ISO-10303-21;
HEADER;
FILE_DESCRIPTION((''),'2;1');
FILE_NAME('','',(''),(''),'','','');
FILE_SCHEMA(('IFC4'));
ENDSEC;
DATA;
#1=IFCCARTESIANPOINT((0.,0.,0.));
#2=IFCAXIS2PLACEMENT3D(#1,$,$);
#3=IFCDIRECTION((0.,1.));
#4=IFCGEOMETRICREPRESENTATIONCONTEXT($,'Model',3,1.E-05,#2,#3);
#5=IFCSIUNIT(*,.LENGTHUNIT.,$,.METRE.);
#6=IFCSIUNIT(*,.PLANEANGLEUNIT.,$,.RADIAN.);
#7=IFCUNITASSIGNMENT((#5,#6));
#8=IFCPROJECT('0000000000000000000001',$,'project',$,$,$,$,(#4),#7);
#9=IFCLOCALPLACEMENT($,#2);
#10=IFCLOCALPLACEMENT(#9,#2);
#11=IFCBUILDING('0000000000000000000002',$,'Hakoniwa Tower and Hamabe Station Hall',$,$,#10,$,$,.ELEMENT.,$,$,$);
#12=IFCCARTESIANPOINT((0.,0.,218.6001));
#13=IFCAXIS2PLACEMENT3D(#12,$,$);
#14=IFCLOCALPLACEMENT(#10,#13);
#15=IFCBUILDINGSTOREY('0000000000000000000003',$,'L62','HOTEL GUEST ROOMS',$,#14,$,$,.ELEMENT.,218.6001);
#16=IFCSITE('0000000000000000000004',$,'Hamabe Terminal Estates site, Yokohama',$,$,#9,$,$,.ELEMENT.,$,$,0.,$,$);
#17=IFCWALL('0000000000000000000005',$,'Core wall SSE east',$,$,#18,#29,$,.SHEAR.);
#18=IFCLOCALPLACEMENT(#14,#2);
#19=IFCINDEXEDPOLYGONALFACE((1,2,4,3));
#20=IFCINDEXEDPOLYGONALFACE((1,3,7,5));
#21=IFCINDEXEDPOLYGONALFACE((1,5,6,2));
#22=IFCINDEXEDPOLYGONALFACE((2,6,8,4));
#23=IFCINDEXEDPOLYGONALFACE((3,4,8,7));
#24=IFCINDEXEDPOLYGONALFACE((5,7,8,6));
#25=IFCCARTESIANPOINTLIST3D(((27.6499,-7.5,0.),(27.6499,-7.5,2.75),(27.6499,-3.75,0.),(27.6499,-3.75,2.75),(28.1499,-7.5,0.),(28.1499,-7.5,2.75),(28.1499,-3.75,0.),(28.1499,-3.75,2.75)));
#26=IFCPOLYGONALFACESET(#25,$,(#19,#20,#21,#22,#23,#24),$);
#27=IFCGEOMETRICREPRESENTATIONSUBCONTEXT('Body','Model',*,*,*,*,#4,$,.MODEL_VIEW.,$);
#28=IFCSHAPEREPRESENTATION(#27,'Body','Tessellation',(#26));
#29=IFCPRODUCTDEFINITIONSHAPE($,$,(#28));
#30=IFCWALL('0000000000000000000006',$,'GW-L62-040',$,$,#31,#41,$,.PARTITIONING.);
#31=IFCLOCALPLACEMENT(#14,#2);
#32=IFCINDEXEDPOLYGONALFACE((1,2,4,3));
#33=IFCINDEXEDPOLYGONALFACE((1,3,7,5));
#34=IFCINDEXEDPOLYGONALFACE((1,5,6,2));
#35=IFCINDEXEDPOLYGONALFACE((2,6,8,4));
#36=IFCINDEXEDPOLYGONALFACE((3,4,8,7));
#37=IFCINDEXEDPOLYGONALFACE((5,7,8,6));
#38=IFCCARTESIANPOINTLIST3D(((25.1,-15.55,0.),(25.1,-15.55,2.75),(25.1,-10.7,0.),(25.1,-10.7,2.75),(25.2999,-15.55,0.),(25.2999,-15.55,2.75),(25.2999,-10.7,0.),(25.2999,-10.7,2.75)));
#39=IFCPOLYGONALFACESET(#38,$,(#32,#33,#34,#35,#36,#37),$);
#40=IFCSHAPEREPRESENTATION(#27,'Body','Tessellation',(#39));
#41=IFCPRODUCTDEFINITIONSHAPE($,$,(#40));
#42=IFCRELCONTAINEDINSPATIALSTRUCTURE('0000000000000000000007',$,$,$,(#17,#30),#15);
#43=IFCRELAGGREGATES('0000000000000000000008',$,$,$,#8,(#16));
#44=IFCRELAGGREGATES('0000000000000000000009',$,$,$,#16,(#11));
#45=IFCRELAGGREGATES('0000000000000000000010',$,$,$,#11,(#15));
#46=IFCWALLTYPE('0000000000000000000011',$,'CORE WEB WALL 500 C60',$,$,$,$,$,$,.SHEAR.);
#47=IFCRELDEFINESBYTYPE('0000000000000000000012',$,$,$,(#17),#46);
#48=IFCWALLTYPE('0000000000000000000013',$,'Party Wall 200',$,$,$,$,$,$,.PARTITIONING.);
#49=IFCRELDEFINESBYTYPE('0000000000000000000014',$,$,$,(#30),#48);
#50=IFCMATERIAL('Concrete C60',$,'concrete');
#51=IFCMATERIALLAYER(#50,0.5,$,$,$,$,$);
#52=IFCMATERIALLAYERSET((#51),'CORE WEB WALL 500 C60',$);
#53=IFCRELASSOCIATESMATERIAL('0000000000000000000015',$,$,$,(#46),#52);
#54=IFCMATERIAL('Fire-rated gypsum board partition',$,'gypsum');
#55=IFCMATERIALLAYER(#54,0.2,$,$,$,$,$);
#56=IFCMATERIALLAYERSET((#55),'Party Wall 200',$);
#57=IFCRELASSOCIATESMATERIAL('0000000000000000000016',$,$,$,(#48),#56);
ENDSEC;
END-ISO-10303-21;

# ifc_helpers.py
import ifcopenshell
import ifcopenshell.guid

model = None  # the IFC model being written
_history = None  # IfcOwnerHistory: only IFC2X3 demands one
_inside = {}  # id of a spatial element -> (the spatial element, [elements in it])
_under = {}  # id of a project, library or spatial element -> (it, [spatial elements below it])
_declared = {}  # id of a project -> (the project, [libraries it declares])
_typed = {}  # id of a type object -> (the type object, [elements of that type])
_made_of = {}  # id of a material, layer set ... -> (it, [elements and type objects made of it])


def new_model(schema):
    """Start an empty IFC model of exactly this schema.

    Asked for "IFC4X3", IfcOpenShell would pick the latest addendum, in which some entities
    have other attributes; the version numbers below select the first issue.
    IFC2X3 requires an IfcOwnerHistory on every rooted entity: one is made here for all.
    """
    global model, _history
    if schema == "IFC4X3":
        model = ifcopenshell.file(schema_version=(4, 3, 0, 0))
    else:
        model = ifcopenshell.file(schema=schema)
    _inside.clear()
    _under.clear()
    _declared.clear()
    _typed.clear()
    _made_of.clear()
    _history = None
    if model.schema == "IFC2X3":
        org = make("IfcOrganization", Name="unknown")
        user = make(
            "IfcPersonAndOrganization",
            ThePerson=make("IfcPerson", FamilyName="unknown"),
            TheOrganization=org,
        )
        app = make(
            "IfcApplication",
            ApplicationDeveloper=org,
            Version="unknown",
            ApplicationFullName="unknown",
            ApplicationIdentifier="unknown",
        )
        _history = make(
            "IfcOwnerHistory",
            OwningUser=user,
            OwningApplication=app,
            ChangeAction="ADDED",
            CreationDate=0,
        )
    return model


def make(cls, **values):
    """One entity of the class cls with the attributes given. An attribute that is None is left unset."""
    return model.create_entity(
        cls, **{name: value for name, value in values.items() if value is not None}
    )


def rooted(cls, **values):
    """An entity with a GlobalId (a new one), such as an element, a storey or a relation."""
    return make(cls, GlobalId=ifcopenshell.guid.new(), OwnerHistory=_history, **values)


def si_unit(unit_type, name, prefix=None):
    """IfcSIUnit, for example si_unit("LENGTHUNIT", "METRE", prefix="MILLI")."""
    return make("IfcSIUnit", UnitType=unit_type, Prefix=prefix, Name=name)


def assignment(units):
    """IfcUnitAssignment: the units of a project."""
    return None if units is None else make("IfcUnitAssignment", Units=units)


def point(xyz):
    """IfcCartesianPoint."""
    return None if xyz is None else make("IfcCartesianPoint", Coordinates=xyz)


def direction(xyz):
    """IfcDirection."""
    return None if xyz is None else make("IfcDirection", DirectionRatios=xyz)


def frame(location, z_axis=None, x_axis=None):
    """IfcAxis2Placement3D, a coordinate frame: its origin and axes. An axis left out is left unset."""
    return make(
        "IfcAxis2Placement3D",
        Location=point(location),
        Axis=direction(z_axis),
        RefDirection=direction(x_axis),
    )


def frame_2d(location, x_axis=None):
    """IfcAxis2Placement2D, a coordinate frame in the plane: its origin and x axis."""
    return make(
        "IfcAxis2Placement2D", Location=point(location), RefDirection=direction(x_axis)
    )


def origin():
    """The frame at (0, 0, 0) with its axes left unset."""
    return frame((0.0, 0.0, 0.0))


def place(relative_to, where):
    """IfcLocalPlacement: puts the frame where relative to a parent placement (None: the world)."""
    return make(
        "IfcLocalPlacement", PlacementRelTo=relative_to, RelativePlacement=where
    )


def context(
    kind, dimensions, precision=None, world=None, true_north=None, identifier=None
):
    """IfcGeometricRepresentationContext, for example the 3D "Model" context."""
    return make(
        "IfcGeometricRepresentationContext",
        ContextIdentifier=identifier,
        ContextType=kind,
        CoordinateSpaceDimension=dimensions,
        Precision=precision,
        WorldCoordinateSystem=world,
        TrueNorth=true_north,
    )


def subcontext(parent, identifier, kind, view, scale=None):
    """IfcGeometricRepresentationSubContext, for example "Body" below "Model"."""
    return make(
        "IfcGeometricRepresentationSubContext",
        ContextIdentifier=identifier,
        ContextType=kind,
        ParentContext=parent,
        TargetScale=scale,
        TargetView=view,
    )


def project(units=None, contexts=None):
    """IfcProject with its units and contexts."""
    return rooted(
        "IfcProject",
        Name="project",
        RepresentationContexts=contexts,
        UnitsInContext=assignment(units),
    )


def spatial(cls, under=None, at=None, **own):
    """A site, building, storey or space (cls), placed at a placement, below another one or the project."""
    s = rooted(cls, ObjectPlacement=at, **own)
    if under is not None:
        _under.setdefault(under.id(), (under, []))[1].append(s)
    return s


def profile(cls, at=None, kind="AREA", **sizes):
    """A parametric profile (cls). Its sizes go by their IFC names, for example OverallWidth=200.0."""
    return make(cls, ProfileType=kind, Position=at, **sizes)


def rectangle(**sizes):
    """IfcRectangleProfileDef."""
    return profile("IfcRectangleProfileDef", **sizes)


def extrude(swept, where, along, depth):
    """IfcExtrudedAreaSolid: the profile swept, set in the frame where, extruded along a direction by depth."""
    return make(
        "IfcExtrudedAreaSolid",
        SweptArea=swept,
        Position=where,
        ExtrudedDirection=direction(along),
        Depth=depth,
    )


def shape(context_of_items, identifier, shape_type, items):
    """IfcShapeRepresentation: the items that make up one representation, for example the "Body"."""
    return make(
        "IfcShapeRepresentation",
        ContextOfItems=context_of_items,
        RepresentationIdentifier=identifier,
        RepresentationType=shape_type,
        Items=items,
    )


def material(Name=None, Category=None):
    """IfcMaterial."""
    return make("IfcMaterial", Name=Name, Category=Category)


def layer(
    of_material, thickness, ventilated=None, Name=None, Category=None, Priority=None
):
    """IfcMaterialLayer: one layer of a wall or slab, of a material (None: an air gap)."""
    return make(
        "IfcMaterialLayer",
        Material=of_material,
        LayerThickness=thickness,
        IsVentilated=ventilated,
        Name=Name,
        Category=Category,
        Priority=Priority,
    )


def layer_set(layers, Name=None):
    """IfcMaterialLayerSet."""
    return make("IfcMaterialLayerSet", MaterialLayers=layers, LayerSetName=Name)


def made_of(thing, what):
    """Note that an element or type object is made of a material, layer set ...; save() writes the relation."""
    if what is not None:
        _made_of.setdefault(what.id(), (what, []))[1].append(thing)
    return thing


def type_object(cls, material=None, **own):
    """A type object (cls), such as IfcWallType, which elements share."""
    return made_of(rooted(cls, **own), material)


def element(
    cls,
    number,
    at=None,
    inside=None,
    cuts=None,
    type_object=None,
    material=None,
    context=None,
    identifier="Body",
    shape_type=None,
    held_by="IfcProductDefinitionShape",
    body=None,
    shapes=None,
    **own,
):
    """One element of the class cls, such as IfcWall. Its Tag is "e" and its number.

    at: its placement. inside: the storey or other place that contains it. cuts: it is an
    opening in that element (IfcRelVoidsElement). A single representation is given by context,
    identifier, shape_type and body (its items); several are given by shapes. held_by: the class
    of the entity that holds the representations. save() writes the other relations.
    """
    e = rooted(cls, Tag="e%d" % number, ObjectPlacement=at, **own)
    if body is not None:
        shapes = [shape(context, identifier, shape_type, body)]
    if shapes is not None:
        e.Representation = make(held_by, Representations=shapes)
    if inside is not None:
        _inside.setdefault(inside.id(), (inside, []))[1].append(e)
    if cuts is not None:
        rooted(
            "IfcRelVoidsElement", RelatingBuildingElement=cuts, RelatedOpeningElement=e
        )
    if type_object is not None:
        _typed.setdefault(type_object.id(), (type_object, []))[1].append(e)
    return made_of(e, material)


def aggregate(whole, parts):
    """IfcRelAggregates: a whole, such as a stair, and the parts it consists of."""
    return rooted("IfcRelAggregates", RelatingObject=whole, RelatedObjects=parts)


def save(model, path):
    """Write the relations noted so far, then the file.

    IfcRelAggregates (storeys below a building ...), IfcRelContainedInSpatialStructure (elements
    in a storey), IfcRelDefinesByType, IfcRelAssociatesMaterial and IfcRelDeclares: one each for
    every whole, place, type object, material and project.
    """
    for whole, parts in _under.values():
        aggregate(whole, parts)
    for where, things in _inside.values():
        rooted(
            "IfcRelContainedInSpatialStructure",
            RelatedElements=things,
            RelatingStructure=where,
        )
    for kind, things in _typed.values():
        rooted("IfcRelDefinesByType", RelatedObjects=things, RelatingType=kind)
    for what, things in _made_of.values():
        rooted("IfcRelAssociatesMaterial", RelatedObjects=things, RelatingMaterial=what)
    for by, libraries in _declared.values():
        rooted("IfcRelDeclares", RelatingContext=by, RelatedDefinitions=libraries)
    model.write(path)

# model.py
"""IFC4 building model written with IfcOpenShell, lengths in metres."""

from ifc_helpers import new_model, si_unit, direction, frame, frame_2d, origin, place, context, subcontext, project, spatial, rectangle, extrude, material, layer, layer_set, type_object, element, save


model = new_model("IFC4")

# Units and contexts
model_context = context("Model", 3, precision=1e-05, world=origin(), true_north=direction((0.0, 1.0)))
body_context = subcontext(model_context, "Body", "Model", "MODEL_VIEW")
ifc_project = project(units=[si_unit("LENGTHUNIT", "METRE"), si_unit("PLANEANGLEUNIT", "RADIAN")], contexts=[model_context])

# Site, building, storey
site_placement = place(None, origin())
site = spatial("IfcSite", under=ifc_project, at=site_placement, Name="Hamabe Terminal Estates site, Yokohama", CompositionType="ELEMENT", RefElevation=0.0)
building_placement = place(site_placement, origin())
building = spatial("IfcBuilding", under=site, at=building_placement, Name="Hakoniwa Tower and Hamabe Station Hall", CompositionType="ELEMENT")
storey_placement = place(building_placement, frame((0.0, 0.0, 218.6001)))
storey = spatial("IfcBuildingStorey", under=building, at=storey_placement, Name="L62", Description="HOTEL GUEST ROOMS", CompositionType="ELEMENT", Elevation=218.6001)

# Walls
ifc_material_1 = material(Name="Concrete C60", Category="concrete")
ifc_layer_1 = layer(ifc_material_1, 0.5)
ifc_layer_set_1 = layer_set([ifc_layer_1], Name="CORE WEB WALL 500 C60")
wall_type_1 = type_object("IfcWallType", Name="CORE WEB WALL 500 C60", PredefinedType="SHEAR", material=ifc_layer_set_1)
wall_1_placement = place(storey_placement, frame((27.8999, -7.5, 0.0), z_axis=(0.0, 0.0, 1.0), x_axis=(0.0, 1.0, 0.0)))
element("IfcWall", 1, at=wall_1_placement, inside=storey, type_object=wall_type_1, Name="Core wall SSE east", PredefinedType="SHEAR", context=body_context, shape_type="SweptSolid", body=[
    extrude(rectangle(XDim=3.75, YDim=0.5, at=frame_2d((1.875, 0.0))), origin(), (0.0, 0.0, 1.0), 2.75),
])
ifc_material_2 = material(Name="Fire-rated gypsum board partition", Category="gypsum")
ifc_layer_2 = layer(ifc_material_2, 0.2)
ifc_layer_set_2 = layer_set([ifc_layer_2], Name="Party Wall 200")
wall_type_2 = type_object("IfcWallType", Name="Party Wall 200", PredefinedType="PARTITIONING", material=ifc_layer_set_2)
wall_2_placement = place(storey_placement, frame((25.2, -15.55, 0.0), z_axis=(0.0, 0.0, 1.0), x_axis=(0.0, 1.0, 0.0)))
element("IfcWall", 2, at=wall_2_placement, inside=storey, type_object=wall_type_2, Name="GW-L62-040", PredefinedType="PARTITIONING", context=body_context, shape_type="SweptSolid", body=[
    extrude(rectangle(XDim=4.8501, YDim=0.2, at=frame_2d((2.425, 0.0))), origin(), (0.0, 0.0, 1.0), 2.75),
])

save(model, "model.ifc")
